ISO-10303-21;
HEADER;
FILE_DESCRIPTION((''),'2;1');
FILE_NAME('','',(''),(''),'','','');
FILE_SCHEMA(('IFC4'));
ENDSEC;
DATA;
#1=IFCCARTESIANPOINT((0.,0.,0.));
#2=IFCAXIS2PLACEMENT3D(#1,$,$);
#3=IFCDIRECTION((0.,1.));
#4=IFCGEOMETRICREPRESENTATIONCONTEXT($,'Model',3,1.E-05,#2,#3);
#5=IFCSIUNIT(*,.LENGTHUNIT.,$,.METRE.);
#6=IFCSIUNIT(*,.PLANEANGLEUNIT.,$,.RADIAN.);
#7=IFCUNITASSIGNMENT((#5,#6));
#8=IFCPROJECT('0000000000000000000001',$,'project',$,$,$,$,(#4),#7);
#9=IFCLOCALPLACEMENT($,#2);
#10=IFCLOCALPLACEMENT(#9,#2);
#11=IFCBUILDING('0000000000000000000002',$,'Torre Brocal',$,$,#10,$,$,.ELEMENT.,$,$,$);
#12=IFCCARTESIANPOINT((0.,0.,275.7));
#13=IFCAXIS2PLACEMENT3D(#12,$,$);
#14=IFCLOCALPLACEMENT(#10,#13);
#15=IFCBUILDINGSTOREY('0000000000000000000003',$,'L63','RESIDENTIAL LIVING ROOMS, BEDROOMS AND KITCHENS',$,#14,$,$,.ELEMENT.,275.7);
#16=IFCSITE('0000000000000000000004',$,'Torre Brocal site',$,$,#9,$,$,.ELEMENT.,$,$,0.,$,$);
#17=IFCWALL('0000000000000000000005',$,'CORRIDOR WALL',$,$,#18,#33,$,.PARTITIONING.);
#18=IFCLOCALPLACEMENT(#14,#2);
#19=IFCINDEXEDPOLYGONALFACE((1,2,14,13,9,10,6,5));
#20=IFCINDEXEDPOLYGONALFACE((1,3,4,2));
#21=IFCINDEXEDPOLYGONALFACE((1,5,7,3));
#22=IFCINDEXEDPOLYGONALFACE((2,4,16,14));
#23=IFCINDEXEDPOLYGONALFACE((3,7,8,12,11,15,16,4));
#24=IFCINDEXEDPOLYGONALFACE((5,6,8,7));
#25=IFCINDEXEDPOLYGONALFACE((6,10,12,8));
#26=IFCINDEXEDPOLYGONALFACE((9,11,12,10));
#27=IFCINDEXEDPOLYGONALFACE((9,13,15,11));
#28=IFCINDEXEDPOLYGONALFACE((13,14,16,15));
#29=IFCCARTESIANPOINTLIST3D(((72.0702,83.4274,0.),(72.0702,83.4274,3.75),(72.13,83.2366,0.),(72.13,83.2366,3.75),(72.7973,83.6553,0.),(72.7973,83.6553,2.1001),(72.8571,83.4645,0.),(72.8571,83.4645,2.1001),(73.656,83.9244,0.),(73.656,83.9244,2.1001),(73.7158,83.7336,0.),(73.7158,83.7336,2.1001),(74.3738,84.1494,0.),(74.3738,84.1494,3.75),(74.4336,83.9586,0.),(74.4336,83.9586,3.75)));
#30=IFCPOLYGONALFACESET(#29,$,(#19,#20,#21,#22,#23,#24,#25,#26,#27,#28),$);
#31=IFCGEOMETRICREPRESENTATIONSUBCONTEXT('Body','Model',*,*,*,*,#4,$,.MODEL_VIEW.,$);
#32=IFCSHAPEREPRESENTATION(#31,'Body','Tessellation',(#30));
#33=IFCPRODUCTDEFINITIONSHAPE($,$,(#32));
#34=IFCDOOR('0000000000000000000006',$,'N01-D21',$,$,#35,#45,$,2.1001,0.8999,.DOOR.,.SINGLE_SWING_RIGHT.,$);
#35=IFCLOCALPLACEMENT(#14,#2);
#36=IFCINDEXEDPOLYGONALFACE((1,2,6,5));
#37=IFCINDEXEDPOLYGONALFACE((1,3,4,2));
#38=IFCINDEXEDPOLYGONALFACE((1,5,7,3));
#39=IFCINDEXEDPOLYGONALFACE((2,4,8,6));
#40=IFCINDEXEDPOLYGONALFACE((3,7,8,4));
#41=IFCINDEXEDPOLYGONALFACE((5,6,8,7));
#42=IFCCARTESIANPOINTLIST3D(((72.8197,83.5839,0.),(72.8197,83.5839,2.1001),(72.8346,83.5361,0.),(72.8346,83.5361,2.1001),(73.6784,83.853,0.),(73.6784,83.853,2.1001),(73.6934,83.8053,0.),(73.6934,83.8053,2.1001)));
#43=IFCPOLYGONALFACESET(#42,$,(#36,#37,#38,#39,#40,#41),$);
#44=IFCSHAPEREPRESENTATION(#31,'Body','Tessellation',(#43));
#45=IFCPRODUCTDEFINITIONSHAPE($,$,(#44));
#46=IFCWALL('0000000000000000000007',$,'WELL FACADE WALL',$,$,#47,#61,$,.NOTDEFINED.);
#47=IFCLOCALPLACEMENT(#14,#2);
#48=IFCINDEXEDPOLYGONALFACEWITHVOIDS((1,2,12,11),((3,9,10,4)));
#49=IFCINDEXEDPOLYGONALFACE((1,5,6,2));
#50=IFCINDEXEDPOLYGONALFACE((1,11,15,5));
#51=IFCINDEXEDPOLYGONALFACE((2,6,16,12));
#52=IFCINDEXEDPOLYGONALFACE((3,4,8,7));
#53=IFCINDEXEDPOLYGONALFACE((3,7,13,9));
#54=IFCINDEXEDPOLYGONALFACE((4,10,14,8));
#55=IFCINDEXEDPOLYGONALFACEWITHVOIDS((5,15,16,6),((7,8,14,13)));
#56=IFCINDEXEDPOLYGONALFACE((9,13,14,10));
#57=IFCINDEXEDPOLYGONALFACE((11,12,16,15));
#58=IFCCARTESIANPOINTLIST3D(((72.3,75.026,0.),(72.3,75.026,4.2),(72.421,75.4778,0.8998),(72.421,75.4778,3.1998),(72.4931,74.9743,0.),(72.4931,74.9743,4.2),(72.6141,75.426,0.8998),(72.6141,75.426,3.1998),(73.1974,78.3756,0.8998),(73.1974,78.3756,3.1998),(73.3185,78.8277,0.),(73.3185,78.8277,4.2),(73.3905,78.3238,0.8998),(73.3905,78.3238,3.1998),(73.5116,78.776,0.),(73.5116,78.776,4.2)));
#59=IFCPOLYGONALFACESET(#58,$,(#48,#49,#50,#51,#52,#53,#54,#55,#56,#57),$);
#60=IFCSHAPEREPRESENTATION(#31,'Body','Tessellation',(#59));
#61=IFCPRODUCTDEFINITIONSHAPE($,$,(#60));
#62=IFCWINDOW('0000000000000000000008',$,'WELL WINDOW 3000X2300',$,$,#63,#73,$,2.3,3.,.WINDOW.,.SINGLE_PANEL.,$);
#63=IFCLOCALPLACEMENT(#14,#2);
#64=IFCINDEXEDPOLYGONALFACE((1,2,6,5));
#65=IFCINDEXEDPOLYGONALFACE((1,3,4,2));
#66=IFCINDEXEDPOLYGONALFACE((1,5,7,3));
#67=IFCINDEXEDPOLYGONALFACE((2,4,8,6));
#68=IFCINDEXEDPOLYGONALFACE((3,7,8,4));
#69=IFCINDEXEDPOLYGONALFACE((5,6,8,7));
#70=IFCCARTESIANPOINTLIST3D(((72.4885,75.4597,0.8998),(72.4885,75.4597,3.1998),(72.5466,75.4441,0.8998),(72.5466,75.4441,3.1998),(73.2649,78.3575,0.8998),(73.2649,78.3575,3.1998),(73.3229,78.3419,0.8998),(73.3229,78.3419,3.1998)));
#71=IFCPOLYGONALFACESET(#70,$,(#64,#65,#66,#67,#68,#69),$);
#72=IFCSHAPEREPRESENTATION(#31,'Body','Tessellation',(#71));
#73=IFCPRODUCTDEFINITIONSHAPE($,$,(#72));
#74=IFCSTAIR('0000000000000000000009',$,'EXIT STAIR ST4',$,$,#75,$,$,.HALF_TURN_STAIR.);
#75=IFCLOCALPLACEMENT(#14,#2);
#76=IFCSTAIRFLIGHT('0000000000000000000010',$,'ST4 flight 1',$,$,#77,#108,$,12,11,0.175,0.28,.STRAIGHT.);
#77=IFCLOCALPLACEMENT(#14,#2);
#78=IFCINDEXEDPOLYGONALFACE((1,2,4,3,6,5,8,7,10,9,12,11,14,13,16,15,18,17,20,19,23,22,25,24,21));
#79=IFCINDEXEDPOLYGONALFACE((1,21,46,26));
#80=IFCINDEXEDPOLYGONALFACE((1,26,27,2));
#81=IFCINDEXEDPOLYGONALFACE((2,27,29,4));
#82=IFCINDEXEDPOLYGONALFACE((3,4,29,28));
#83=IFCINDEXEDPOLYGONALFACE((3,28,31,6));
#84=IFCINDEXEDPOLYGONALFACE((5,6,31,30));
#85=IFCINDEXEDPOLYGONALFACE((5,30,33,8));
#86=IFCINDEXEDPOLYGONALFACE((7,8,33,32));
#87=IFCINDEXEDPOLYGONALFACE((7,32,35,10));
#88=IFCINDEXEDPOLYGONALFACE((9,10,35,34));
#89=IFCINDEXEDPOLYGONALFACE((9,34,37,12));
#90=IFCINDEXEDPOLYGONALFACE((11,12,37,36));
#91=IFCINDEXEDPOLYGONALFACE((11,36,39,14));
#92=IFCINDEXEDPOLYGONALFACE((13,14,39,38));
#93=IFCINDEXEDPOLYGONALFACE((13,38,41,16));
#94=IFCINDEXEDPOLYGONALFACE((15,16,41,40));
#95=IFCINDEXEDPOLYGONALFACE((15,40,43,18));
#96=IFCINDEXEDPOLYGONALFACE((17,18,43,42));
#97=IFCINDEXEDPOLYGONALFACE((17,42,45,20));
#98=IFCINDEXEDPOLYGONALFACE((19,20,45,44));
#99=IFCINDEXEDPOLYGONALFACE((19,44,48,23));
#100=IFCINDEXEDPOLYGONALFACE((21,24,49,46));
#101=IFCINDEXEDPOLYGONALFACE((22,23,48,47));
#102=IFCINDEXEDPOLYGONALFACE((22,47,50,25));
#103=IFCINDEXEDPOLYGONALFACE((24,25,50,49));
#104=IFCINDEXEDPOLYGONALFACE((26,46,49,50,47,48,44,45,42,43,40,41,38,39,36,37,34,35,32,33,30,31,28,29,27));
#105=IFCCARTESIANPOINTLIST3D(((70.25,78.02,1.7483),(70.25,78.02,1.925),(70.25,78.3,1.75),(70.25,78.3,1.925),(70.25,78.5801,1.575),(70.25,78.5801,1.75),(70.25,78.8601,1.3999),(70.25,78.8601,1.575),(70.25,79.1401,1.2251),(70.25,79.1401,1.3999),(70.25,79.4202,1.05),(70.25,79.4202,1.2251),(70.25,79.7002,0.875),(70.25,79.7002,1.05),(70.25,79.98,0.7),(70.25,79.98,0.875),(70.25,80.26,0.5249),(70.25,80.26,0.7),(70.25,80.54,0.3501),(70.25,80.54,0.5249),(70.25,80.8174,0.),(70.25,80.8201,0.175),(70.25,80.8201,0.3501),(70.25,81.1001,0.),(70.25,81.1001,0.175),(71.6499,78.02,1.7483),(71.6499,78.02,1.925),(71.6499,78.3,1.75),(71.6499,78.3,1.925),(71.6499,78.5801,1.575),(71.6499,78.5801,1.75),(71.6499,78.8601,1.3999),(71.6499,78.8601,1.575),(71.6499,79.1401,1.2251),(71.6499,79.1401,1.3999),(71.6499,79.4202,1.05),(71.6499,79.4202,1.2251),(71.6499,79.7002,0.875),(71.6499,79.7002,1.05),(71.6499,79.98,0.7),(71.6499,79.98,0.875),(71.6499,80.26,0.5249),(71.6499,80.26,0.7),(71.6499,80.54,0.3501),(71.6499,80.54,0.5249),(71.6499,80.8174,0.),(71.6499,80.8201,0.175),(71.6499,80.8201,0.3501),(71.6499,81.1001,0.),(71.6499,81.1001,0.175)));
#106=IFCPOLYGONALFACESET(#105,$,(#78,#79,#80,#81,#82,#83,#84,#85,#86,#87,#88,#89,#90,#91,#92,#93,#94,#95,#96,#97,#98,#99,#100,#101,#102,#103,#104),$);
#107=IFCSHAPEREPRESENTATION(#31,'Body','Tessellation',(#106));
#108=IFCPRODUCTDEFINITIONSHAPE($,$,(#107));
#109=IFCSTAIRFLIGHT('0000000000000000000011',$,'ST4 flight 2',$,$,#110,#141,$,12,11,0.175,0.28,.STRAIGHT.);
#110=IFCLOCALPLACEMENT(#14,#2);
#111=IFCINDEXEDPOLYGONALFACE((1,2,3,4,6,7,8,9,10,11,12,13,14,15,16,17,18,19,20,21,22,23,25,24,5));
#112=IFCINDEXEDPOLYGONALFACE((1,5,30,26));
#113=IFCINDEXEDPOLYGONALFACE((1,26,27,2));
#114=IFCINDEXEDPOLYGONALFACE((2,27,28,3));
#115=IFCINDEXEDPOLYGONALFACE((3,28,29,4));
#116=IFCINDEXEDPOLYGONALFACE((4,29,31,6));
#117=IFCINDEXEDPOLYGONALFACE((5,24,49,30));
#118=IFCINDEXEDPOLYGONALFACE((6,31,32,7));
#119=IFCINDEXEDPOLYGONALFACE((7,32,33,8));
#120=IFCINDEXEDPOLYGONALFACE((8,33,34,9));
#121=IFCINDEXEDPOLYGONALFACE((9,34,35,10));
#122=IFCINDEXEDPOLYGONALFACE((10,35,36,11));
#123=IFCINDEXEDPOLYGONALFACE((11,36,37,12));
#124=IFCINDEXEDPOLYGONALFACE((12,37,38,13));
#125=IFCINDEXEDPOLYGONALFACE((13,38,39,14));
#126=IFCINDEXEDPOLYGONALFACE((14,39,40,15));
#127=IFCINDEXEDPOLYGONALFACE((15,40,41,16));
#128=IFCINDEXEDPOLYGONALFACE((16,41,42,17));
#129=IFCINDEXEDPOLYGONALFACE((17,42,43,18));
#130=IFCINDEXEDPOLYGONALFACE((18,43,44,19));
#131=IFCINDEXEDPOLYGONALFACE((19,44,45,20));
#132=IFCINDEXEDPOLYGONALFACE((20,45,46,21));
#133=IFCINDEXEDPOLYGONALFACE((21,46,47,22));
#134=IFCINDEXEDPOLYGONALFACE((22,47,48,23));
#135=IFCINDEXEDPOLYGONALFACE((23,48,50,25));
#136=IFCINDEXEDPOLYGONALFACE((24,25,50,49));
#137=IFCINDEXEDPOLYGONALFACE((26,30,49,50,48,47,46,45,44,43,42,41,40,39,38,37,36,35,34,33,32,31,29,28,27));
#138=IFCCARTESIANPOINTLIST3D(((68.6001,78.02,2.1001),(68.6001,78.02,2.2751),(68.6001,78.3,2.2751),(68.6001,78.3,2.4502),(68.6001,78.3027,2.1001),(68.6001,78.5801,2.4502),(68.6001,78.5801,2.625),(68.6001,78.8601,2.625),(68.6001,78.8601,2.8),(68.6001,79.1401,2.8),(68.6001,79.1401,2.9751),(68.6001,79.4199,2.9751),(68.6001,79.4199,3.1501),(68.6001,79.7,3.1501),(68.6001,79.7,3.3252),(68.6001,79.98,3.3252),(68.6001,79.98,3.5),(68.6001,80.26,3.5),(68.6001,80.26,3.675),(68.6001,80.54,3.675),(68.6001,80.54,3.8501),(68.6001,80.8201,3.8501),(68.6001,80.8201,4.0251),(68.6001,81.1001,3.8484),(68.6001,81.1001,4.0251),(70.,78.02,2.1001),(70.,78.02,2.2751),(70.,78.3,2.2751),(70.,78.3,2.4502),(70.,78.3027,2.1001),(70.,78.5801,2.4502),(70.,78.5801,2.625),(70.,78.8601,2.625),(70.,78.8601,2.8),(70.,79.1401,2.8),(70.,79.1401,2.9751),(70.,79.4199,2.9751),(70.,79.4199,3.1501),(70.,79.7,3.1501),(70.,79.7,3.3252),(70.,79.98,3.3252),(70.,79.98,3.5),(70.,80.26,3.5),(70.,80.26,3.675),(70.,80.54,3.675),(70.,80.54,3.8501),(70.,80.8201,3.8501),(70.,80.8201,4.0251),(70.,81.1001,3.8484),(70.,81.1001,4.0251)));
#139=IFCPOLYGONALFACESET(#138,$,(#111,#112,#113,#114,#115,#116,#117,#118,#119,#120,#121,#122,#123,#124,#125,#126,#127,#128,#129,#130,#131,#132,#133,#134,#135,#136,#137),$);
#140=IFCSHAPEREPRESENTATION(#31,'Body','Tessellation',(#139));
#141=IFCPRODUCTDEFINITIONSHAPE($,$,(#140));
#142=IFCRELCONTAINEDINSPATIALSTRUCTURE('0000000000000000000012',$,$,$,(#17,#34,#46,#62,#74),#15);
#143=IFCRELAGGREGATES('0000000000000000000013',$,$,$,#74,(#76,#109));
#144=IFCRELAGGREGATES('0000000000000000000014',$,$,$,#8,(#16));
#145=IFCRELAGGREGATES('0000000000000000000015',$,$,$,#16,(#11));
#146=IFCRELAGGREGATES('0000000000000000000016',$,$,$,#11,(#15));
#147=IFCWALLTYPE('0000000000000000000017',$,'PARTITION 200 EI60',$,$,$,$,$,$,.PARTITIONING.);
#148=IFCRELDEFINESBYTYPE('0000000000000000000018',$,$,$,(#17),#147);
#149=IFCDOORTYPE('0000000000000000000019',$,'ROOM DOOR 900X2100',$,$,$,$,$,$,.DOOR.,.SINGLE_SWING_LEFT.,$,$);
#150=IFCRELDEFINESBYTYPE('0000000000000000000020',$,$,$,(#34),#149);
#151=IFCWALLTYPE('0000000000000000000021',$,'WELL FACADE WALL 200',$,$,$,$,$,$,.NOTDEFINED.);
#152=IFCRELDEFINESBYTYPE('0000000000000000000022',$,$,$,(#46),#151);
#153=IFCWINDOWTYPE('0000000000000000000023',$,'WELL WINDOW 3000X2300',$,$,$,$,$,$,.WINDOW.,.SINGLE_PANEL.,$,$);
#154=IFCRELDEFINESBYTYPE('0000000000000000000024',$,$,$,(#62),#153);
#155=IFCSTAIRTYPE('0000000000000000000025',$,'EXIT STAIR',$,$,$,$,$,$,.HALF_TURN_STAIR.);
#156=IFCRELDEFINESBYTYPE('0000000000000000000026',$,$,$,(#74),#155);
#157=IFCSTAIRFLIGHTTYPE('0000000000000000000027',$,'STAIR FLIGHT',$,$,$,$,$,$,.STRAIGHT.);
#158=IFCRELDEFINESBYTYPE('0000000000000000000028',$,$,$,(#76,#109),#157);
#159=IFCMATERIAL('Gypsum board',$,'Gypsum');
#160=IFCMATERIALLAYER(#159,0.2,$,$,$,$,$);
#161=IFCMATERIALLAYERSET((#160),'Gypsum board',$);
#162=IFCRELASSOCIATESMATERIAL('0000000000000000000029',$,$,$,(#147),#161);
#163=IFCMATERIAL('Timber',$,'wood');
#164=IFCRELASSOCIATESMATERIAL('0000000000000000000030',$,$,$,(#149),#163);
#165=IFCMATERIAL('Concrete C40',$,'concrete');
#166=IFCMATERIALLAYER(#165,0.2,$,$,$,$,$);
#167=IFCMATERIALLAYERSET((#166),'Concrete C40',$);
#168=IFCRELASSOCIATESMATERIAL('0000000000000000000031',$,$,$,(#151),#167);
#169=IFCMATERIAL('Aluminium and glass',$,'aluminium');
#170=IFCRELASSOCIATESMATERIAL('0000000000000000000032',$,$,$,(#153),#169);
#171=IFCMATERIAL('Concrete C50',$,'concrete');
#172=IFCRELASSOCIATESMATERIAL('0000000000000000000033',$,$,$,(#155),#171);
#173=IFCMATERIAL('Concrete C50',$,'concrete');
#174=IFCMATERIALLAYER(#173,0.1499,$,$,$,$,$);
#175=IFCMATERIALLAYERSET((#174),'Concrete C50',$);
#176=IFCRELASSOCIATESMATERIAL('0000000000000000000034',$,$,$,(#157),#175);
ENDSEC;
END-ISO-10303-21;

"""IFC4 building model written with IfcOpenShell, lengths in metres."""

from ifc_helpers import new_model, si_unit, direction, frame, frame_2d, origin, place, context, subcontext, project, spatial, polyline, rectangle, outline, extrude, material, layer, layer_set, type_object, element, fill, aggregate, save


model = new_model("IFC4")

# Units and contexts
model_context = context("Model", 3, precision=1e-05, world=origin(), true_north=direction((0.0, 1.0)))
body_context = subcontext(model_context, "Body", "Model", "MODEL_VIEW")
ifc_project = project(units=[si_unit("LENGTHUNIT", "METRE"), si_unit("PLANEANGLEUNIT", "RADIAN")], contexts=[model_context])

# Site, building, storey
site_placement = place(None, origin())
site = spatial("IfcSite", under=ifc_project, at=site_placement, Name="Torre Brocal site", CompositionType="ELEMENT", RefElevation=0.0)
building_placement = place(site_placement, origin())
building = spatial("IfcBuilding", under=site, at=building_placement, Name="Torre Brocal", CompositionType="ELEMENT")
storey_placement = place(building_placement, frame((0.0, 0.0, 275.7)))
storey = spatial("IfcBuildingStorey", under=building, at=storey_placement, Name="L63", Description="RESIDENTIAL LIVING ROOMS, BEDROOMS AND KITCHENS", CompositionType="ELEMENT", Elevation=275.7)

# Wall, opening, door
ifc_material_1 = material(Name="Gypsum board", Category="Gypsum")
ifc_layer_1 = layer(ifc_material_1, 0.2)
ifc_layer_set_1 = layer_set([ifc_layer_1], Name="Gypsum board")
wall_type_1 = type_object("IfcWallType", Name="PARTITION 200 EI60", PredefinedType="PARTITIONING", material=ifc_layer_set_1)
wall_1_placement = place(storey_placement, frame((72.1001, 83.332, 0.0), z_axis=(0.0, 0.0, 1.0), x_axis=(0.954233, 0.299064, 0.0)))
wall_1 = element("IfcWall", 1, at=wall_1_placement, inside=storey, type_object=wall_type_1, Name="CORRIDOR WALL", PredefinedType="PARTITIONING", context=body_context, shape_type="SweptSolid", body=[
    extrude(rectangle(XDim=2.4141, YDim=0.2, at=frame_2d((1.207, 0.0))), origin(), (0.0, 0.0, 1.0), 3.75),
])
opening_1_placement = place(wall_1_placement, frame((0.762, 0.0, 0.0)))
opening_1 = element("IfcOpeningElement", 2, at=opening_1_placement, cuts=wall_1, PredefinedType="OPENING", context=body_context, shape_type="SweptSolid", body=[
    extrude(rectangle(XDim=0.8999, YDim=2.1001, at=frame_2d((0.45, 1.05))), frame((0.0, 0.1099, 0.0), z_axis=(0.0, -1.0, 0.0), x_axis=(1.0, 0.0, 0.0)), (0.0, 0.0, 1.0), 0.22),
])
ifc_material_2 = material(Name="Timber", Category="wood")
door_type_1 = type_object("IfcDoorType", Name="ROOM DOOR 900X2100", OperationType="SINGLE_SWING_LEFT", PredefinedType="DOOR", material=ifc_material_2)
door_1_placement = place(opening_1_placement, frame((0.8999, 0.0, 0.0), z_axis=(0.0, 0.0, 1.0), x_axis=(-1.0, 0.0, 0.0)))
door_1 = element("IfcDoor", 3, at=door_1_placement, inside=storey, type_object=door_type_1, Name="N01-D21", OperationType="SINGLE_SWING_RIGHT", OverallHeight=2.1001, OverallWidth=0.8999, PredefinedType="DOOR", context=body_context, shape_type="SweptSolid", body=[
    extrude(rectangle(XDim=0.8999, YDim=2.1001, at=frame_2d((0.45, 1.05))), frame((0.0, 0.0249, 0.0), z_axis=(0.0, -1.0, 0.0), x_axis=(1.0, 0.0, 0.0)), (0.0, 0.0, 1.0), 0.05),
])
fill(opening_1, door_1)

# Wall, opening, window
ifc_material_3 = material(Name="Concrete C40", Category="concrete")
ifc_layer_2 = layer(ifc_material_3, 0.2)
ifc_layer_set_2 = layer_set([ifc_layer_2], Name="Concrete C40")
wall_type_2 = type_object("IfcWallType", Name="WELL FACADE WALL 200", PredefinedType="NOTDEFINED", material=ifc_layer_set_2)
wall_2_placement = place(storey_placement, frame((73.415, 78.8018, 0.0), z_axis=(0.0, 0.0, 1.0), x_axis=(-0.25879, -0.965934, 0.0)))
wall_2 = element("IfcWall", 4, at=wall_2_placement, inside=storey, type_object=wall_type_2, Name="WELL FACADE WALL", PredefinedType="NOTDEFINED", context=body_context, shape_type="SweptSolid", body=[
    extrude(rectangle(XDim=3.9358, YDim=0.2, at=frame_2d((1.9678, 0.0))), origin(), (0.0, 0.0, 1.0), 4.2),
])
opening_2_placement = place(wall_2_placement, frame((0.468, 0.0, 0.8999)))
opening_2 = element("IfcOpeningElement", 5, at=opening_2_placement, cuts=wall_2, PredefinedType="OPENING", context=body_context, shape_type="SweptSolid", body=[
    extrude(rectangle(XDim=3.0, YDim=2.3, at=frame_2d((1.5, 1.1499))), frame((0.0, 0.1099, 0.0), z_axis=(0.0, -1.0, 0.0), x_axis=(1.0, 0.0, 0.0)), (0.0, 0.0, 1.0), 0.22),
])
ifc_material_4 = material(Name="Aluminium and glass", Category="aluminium")
window_type = type_object("IfcWindowType", Name="WELL WINDOW 3000X2300", PartitioningType="SINGLE_PANEL", PredefinedType="WINDOW", material=ifc_material_4)
window_placement = place(opening_2_placement, origin())
window = element("IfcWindow", 6, at=window_placement, inside=storey, type_object=window_type, Name="WELL WINDOW 3000X2300", OverallHeight=2.3, OverallWidth=3.0, PartitioningType="SINGLE_PANEL", PredefinedType="WINDOW", context=body_context, shape_type="SweptSolid", body=[
    extrude(rectangle(XDim=3.0, YDim=2.3, at=frame_2d((1.5, 1.1499))), frame((0.0, 0.03, 0.0), z_axis=(0.0, -1.0, 0.0), x_axis=(1.0, 0.0, 0.0)), (0.0, 0.0, 1.0), 0.0601),
])
fill(opening_2, window)

# Stair, stair flights
ifc_material_5 = material(Name="Concrete C50", Category="concrete")
stair_type = type_object("IfcStairType", Name="EXIT STAIR", PredefinedType="HALF_TURN_STAIR", material=ifc_material_5)
stair_placement = place(storey_placement, origin())
stair = element("IfcStair", 7, at=stair_placement, inside=storey, type_object=stair_type, Name="EXIT STAIR ST4", PredefinedType="HALF_TURN_STAIR")
ifc_material_6 = material(Name="Concrete C50", Category="concrete")
ifc_layer_3 = layer(ifc_material_6, 0.1499)
ifc_layer_set_3 = layer_set([ifc_layer_3], Name="Concrete C50")
stair_flight_type = type_object("IfcStairFlightType", Name="STAIR FLIGHT", PredefinedType="STRAIGHT", material=ifc_layer_set_3)
stair_flight_1_placement = place(storey_placement, frame((70.95, 81.1001, 0.0), z_axis=(0.0, 0.0, 1.0), x_axis=(0.0, -1.0, 0.0)))
stair_flight_1 = element("IfcStairFlight", 8, at=stair_flight_1_placement, type_object=stair_flight_type, Name="ST4 flight 1", NumberOfRisers=12, NumberOfTreads=11, PredefinedType="STRAIGHT", RiserHeight=0.175, TreadLength=0.28, context=body_context, shape_type="SweptSolid", body=[
    extrude(outline(polyline([(0.0, 0.0), (0.0, 0.175), (0.28, 0.175), (0.28, 0.3501), (0.5601, 0.3501), (0.5601, 0.5249), (0.8401, 0.5249), (0.8401, 0.7), (1.1201, 0.7), (1.1201, 0.875), (1.3999, 0.875), (1.3999, 1.05), (1.6799, 1.05), (1.6799, 1.2251), (1.96, 1.2251), (1.96, 1.3999), (2.24, 1.3999), (2.24, 1.575), (2.52, 1.575), (2.52, 1.75), (2.8, 1.75), (2.8, 1.925), (3.0801, 1.925), (3.0801, 2.1001), (3.0801, 1.7483), (0.2827, 0.0), (0.0, 0.0)])), frame((0.0, 0.7, 0.0), z_axis=(0.0, -1.0, 0.0), x_axis=(1.0, 0.0, 0.0)), (0.0, 0.0, 1.0), 1.3999),
])
stair_flight_2_placement = place(storey_placement, frame((69.3, 78.02, 2.1001), z_axis=(0.0, 0.0, 1.0), x_axis=(0.0, 1.0, 0.0)))
stair_flight_2 = element("IfcStairFlight", 9, at=stair_flight_2_placement, type_object=stair_flight_type, Name="ST4 flight 2", NumberOfRisers=12, NumberOfTreads=11, PredefinedType="STRAIGHT", RiserHeight=0.175, TreadLength=0.28, context=body_context, shape_type="SweptSolid", body=[
    extrude(outline(polyline([(0.0, 0.0), (0.0, 0.175), (0.28, 0.175), (0.28, 0.3501), (0.5601, 0.3501), (0.5601, 0.5249), (0.8401, 0.5249), (0.8401, 0.7), (1.1201, 0.7), (1.1201, 0.875), (1.3999, 0.875), (1.3999, 1.05), (1.6799, 1.05), (1.6799, 1.2251), (1.96, 1.2251), (1.96, 1.3999), (2.24, 1.3999), (2.24, 1.575), (2.52, 1.575), (2.52, 1.75), (2.8, 1.75), (2.8, 1.925), (3.0801, 1.925), (3.0801, 2.1001), (3.0801, 1.7483), (0.2827, 0.0), (0.0, 0.0)])), frame((0.0, 0.7, 0.0), z_axis=(0.0, -1.0, 0.0), x_axis=(1.0, 0.0, 0.0)), (0.0, 0.0, 1.0), 1.3999),
])
aggregate(stair, [stair_flight_1, stair_flight_2])

save(model, "model.ifc")
